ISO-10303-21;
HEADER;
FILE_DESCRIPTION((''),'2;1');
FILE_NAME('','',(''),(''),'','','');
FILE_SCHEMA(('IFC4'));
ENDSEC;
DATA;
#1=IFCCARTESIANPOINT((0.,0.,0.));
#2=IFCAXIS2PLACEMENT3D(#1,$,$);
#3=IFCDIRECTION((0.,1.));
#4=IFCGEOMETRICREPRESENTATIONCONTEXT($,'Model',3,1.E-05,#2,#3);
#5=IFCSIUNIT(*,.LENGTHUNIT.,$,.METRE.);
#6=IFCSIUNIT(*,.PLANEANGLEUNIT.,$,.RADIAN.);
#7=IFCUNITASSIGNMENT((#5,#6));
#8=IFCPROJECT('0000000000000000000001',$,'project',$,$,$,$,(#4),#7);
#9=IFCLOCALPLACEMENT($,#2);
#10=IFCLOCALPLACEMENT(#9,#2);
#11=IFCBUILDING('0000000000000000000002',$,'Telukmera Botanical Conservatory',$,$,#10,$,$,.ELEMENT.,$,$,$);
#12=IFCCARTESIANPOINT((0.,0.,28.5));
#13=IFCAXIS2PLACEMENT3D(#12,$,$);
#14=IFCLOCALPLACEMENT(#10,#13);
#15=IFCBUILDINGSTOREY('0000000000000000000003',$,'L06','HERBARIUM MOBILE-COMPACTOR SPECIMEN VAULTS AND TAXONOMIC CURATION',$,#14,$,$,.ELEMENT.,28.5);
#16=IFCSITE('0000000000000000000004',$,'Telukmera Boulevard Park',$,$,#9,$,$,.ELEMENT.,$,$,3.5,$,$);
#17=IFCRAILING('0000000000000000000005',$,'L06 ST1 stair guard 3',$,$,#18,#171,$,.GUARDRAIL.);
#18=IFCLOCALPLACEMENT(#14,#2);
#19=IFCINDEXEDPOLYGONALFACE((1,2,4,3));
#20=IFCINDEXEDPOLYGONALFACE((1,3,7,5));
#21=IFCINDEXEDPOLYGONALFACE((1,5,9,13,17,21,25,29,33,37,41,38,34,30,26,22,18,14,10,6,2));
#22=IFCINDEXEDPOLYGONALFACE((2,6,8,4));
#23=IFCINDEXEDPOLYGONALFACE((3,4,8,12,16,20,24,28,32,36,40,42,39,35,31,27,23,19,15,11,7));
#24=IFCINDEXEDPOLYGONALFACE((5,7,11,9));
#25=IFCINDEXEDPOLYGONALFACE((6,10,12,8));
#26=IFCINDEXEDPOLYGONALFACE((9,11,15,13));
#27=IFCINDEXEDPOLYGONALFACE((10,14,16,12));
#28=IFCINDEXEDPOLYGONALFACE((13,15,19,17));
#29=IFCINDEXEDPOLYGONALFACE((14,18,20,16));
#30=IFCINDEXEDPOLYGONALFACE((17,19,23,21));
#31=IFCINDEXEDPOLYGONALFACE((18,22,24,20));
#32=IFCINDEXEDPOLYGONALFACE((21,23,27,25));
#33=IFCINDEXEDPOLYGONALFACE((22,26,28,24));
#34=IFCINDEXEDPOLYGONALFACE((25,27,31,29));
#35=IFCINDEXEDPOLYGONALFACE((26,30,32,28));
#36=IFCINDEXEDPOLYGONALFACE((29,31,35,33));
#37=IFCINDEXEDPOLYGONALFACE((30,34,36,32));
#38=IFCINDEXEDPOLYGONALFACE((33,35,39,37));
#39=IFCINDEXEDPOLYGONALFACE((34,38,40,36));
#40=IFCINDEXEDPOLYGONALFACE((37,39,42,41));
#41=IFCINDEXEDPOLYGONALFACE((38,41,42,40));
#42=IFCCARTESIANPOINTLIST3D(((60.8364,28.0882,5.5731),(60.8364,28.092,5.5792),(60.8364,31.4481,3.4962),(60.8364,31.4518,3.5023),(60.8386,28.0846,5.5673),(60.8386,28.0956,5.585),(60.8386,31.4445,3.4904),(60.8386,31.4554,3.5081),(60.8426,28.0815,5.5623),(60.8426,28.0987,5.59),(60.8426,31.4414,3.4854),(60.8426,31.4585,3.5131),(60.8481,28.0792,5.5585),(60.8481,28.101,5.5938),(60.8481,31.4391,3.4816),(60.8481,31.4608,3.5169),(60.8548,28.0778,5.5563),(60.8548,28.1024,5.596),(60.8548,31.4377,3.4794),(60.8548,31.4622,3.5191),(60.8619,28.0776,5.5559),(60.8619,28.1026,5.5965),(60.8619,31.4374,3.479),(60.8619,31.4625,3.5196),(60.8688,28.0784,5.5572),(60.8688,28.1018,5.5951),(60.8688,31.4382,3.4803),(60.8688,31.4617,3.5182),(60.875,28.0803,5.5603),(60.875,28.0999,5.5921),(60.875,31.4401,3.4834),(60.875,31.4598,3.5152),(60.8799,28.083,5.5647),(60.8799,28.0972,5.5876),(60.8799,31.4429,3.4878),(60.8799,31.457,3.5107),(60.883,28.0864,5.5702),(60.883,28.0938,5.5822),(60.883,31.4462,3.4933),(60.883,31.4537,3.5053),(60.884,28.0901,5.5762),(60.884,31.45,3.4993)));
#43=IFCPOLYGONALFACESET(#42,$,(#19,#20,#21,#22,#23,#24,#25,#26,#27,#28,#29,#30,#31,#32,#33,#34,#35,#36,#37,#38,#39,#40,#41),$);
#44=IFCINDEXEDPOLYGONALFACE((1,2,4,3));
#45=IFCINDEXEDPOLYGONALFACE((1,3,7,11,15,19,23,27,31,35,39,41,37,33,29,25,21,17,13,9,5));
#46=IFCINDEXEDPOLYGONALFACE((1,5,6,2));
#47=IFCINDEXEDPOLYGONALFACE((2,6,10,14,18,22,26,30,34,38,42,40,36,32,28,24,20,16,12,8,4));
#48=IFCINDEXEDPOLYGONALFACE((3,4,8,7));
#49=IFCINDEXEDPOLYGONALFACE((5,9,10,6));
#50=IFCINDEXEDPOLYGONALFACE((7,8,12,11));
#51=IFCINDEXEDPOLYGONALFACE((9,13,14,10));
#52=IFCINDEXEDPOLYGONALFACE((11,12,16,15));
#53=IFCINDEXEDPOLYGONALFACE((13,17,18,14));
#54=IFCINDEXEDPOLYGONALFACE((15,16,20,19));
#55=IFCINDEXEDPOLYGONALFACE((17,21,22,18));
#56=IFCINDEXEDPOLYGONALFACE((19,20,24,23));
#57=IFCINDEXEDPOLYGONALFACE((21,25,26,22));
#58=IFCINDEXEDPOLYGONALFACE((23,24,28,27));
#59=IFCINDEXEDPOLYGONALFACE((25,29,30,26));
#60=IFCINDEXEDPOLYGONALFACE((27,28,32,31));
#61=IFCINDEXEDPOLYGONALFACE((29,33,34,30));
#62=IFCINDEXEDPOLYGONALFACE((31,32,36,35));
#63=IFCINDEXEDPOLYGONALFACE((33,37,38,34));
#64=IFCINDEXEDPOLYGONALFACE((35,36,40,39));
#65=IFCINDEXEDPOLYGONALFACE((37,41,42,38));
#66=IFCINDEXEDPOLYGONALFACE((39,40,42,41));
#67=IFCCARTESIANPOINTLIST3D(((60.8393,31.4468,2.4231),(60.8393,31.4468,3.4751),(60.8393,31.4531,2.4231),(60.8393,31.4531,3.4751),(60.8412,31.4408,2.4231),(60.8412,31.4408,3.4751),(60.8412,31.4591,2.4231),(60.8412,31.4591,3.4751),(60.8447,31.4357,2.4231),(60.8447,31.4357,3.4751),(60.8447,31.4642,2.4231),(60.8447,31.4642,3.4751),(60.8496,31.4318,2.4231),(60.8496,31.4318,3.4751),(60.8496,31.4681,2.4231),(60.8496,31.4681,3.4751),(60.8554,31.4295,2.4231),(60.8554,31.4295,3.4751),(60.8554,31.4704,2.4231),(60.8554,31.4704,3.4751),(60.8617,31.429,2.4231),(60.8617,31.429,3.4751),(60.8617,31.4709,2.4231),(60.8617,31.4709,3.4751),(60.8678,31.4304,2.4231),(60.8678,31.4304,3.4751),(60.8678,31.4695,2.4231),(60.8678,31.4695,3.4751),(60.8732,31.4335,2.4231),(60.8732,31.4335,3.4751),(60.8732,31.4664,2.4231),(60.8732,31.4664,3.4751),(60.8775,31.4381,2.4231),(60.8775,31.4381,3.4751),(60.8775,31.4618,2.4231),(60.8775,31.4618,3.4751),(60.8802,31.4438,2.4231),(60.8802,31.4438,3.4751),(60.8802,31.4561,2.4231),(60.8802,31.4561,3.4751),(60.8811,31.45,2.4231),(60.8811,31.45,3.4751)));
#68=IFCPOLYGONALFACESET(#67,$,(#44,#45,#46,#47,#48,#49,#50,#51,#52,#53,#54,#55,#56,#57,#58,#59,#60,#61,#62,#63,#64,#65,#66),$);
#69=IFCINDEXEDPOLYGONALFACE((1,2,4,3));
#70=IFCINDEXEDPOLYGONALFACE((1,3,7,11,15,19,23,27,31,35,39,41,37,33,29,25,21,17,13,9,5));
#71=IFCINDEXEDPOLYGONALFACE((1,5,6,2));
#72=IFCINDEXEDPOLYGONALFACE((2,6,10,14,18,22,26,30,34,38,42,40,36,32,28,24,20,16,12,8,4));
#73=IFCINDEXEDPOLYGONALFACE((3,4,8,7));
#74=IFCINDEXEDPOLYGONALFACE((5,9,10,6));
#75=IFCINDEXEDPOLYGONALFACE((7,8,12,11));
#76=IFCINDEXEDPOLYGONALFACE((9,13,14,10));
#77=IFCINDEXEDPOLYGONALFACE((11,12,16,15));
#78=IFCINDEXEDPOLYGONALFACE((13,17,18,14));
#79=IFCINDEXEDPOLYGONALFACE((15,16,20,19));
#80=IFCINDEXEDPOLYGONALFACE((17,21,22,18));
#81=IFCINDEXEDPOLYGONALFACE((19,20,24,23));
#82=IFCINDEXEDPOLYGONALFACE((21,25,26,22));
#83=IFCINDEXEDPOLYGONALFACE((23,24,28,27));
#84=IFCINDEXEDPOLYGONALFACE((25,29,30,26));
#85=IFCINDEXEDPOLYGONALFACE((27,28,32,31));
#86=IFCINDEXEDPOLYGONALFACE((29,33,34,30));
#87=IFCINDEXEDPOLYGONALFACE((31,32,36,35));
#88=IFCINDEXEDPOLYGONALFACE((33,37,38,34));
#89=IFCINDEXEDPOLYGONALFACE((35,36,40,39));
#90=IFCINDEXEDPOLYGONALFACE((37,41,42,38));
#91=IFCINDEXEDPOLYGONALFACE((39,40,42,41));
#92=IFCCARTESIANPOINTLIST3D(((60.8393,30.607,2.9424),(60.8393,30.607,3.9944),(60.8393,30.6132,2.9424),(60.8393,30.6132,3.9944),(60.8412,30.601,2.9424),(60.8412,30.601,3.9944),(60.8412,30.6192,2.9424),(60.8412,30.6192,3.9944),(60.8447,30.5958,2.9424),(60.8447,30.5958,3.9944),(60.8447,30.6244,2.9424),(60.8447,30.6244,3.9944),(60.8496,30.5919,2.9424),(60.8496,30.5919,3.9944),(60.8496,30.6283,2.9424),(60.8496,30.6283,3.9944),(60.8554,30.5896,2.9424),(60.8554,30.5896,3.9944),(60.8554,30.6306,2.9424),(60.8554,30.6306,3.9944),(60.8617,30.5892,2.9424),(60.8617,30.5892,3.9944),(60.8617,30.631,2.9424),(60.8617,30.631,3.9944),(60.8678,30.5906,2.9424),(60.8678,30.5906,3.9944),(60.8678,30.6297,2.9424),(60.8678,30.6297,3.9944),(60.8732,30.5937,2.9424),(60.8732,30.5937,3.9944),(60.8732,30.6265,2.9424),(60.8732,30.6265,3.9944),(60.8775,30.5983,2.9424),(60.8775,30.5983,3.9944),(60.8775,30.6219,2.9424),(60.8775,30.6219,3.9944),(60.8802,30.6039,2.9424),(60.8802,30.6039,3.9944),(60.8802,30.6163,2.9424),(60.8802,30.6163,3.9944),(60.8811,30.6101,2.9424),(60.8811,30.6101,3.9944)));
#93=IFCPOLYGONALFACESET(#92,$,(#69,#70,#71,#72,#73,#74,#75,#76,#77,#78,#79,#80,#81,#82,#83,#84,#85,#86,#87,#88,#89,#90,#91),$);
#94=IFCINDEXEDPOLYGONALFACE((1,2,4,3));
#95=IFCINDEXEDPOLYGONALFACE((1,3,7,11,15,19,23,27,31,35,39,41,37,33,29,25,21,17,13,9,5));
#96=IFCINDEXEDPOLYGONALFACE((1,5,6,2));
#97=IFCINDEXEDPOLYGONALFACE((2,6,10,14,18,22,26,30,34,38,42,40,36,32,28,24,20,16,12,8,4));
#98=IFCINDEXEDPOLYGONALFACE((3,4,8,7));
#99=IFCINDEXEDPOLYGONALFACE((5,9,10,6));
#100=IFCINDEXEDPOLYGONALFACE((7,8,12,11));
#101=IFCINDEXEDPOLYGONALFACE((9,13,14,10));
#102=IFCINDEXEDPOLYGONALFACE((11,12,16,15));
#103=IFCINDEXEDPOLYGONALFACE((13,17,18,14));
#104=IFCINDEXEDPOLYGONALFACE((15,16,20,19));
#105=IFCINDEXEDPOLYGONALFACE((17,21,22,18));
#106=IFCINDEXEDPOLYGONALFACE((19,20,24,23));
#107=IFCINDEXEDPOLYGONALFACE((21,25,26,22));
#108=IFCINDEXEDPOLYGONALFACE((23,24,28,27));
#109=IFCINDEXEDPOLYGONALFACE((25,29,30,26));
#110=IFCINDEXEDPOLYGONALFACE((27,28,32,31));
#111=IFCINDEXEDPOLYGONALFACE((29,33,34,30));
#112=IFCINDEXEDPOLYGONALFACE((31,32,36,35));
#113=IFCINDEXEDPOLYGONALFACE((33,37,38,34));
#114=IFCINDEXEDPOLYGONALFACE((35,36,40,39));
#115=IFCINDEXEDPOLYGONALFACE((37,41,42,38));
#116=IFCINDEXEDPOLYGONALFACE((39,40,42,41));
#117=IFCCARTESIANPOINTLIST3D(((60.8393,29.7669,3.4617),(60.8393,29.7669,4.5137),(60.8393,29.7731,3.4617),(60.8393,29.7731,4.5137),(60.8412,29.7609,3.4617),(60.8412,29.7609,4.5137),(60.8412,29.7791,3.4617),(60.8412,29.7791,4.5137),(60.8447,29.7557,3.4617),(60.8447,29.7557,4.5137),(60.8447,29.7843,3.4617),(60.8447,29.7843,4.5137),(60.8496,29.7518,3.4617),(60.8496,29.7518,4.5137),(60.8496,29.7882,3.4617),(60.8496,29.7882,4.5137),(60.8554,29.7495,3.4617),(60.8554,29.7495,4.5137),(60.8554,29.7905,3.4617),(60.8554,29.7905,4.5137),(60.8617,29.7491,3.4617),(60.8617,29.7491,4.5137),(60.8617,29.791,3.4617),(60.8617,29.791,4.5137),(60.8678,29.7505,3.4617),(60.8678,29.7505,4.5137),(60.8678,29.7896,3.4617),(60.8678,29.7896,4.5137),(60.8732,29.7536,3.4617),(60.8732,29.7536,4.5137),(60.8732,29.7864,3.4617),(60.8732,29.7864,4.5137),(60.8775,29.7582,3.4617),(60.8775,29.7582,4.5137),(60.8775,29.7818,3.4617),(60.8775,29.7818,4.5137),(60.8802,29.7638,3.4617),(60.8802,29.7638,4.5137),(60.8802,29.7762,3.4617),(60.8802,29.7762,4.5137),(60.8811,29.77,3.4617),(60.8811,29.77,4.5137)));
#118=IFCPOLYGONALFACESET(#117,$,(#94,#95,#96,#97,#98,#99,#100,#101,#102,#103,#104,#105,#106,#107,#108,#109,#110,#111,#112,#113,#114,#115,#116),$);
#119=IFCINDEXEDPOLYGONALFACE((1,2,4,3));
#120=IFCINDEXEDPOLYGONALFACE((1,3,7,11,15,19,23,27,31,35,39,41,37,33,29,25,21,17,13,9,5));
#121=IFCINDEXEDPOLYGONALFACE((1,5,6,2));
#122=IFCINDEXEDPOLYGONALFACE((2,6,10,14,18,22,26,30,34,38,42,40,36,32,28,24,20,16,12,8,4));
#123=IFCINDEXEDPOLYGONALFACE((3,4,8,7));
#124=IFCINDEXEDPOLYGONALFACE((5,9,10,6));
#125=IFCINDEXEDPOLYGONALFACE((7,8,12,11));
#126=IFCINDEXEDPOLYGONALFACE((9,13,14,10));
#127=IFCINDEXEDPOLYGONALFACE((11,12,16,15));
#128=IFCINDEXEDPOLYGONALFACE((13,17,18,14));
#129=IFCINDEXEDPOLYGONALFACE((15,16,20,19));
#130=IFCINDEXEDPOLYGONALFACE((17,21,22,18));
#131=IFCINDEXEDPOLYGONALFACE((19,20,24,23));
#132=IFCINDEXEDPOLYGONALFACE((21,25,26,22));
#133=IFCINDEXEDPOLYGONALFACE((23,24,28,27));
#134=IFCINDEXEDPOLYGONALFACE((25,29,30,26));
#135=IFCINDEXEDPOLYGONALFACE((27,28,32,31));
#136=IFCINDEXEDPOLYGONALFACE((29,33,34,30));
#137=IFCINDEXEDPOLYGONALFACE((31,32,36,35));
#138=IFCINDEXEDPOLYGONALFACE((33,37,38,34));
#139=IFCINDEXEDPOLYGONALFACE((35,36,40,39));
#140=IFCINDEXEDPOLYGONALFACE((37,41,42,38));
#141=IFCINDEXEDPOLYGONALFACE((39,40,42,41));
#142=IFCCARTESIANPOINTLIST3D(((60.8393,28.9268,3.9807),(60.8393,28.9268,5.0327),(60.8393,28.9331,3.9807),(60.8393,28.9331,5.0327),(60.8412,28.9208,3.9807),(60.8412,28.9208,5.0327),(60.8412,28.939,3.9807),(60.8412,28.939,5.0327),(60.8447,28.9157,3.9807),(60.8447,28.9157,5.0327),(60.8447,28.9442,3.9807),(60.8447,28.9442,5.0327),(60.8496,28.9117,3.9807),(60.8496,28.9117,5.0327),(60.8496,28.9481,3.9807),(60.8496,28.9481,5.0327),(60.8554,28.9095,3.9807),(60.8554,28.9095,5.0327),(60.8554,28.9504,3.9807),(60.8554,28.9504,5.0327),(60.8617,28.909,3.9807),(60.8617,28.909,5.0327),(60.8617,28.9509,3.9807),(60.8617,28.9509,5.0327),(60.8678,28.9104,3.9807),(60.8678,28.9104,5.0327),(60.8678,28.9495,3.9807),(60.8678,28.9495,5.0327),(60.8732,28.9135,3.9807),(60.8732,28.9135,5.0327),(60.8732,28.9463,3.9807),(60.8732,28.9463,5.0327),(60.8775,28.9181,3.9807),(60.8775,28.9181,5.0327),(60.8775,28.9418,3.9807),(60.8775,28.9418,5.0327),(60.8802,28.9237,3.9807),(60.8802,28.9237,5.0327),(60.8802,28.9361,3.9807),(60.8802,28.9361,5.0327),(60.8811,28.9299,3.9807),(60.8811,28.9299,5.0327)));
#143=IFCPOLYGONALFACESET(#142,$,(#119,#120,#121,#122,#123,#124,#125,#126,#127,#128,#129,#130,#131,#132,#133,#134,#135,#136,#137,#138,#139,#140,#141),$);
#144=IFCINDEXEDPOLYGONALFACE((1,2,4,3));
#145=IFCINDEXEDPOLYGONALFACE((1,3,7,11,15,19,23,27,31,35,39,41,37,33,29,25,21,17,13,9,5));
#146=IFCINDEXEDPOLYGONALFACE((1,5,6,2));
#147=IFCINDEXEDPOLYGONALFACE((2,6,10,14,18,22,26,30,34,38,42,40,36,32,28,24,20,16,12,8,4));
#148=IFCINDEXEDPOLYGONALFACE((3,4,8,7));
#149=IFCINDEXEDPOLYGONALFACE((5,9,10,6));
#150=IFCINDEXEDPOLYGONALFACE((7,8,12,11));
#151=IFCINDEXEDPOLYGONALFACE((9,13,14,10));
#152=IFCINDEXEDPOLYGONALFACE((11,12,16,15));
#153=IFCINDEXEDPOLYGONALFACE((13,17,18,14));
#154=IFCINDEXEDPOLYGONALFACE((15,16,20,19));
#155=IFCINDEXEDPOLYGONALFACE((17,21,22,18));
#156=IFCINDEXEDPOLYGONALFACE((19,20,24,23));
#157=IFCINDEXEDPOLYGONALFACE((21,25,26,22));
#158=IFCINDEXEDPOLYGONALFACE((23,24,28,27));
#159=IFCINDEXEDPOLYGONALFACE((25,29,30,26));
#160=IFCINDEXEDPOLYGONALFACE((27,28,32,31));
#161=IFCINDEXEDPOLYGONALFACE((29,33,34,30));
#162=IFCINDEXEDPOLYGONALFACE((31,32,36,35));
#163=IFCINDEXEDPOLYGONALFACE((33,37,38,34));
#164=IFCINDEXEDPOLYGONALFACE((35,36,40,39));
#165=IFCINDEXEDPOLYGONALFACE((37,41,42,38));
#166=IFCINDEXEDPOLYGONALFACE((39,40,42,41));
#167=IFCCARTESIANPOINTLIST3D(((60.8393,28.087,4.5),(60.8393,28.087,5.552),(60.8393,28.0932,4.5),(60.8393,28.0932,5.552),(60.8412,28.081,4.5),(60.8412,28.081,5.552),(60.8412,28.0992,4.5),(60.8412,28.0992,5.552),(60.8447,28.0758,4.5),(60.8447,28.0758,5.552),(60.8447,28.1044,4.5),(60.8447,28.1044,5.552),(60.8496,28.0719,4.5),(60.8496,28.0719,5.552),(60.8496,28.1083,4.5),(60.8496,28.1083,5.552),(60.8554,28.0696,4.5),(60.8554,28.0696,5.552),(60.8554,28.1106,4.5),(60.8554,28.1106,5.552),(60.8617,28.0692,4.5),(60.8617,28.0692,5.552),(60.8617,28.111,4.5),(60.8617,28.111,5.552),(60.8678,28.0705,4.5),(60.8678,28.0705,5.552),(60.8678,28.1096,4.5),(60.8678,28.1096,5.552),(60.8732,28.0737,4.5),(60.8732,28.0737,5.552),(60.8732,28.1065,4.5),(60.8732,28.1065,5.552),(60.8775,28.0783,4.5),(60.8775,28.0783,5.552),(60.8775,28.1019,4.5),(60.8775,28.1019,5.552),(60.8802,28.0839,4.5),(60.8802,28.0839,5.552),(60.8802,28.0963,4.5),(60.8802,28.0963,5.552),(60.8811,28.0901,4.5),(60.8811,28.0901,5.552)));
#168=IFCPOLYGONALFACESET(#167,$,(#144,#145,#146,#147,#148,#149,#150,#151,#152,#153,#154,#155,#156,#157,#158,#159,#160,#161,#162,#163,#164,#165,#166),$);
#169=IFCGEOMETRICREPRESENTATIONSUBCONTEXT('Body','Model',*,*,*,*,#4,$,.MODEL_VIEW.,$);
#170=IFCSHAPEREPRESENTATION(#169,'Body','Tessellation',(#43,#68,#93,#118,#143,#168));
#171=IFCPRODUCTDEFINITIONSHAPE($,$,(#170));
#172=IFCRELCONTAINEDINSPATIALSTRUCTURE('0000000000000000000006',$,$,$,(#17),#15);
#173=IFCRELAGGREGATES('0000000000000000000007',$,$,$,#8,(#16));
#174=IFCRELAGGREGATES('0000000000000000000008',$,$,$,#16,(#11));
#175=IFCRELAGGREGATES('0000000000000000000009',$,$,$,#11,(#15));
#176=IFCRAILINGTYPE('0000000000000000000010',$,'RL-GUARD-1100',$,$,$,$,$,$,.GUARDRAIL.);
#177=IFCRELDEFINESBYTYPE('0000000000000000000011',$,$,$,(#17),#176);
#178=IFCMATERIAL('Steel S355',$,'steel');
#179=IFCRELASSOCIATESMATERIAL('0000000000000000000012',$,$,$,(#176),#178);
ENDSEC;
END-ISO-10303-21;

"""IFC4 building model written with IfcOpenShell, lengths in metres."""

from ifc_helpers import new_model, si_unit, direction, frame, origin, origin_2d, place, context, subcontext, project, spatial, circle, extrude, material, type_object, element, save


model = new_model("IFC4")

# Units and contexts
model_context = context("Model", 3, precision=1e-05, world=origin(), true_north=direction((0.0, 1.0)))
body_context = subcontext(model_context, "Body", "Model", "MODEL_VIEW")
ifc_project = project(units=[si_unit("LENGTHUNIT", "METRE"), si_unit("PLANEANGLEUNIT", "RADIAN")], contexts=[model_context])

# Site, building, storey
site_placement = place(None, origin())
site = spatial("IfcSite", under=ifc_project, at=site_placement, Name="Telukmera Boulevard Park", CompositionType="ELEMENT", RefElevation=3.5)
building_placement = place(site_placement, origin())
building = spatial("IfcBuilding", under=site, at=building_placement, Name="Telukmera Botanical Conservatory", CompositionType="ELEMENT")
storey_placement = place(building_placement, frame((0.0, 0.0, 28.5)))
storey = spatial("IfcBuildingStorey", under=building, at=storey_placement, Name="L06", Description="HERBARIUM MOBILE-COMPACTOR SPECIMEN VAULTS AND TAXONOMIC CURATION", CompositionType="ELEMENT", Elevation=28.5)

# Railing
ifc_material_1 = material(Name="Steel S355", Category="steel")
railing_type_1 = type_object("IfcRailingType", Name="RL-GUARD-1100", PredefinedType="GUARDRAIL", material=ifc_material_1)
railing_1_placement = place(storey_placement, frame((60.8601, 31.45, 2.4231)))
element("IfcRailing", 1, at=railing_1_placement, inside=storey, type_object=railing_type_1, Name="L06 ST1 stair guard 3", PredefinedType="GUARDRAIL", context=body_context, shape_type="SweptSolid", body=[
    extrude(circle(Radius=0.0239, at=origin_2d()), frame((0.0, 0.0, 1.0762), z_axis=(0.0, -0.850606, 0.525803), x_axis=(1.0, 0.0, 0.0)), (0.0, 0.0, 1.0), 3.95),
    extrude(circle(Radius=0.021, at=origin_2d()), origin(), (0.0, 0.0, 1.0), 1.052),
    extrude(circle(Radius=0.021, at=origin_2d()), frame((0.0, -0.8398, 0.5193)), (0.0, 0.0, 1.0), 1.052),
    extrude(circle(Radius=0.021, at=origin_2d()), frame((0.0, -1.6799, 1.0386)), (0.0, 0.0, 1.0), 1.052),
    extrude(circle(Radius=0.021, at=origin_2d()), frame((0.0, -2.52, 1.5576)), (0.0, 0.0, 1.0), 1.052),
    extrude(circle(Radius=0.021, at=origin_2d()), frame((0.0, -3.3599, 2.0769)), (0.0, 0.0, 1.0), 1.052),
])

save(model, "model.ifc")
